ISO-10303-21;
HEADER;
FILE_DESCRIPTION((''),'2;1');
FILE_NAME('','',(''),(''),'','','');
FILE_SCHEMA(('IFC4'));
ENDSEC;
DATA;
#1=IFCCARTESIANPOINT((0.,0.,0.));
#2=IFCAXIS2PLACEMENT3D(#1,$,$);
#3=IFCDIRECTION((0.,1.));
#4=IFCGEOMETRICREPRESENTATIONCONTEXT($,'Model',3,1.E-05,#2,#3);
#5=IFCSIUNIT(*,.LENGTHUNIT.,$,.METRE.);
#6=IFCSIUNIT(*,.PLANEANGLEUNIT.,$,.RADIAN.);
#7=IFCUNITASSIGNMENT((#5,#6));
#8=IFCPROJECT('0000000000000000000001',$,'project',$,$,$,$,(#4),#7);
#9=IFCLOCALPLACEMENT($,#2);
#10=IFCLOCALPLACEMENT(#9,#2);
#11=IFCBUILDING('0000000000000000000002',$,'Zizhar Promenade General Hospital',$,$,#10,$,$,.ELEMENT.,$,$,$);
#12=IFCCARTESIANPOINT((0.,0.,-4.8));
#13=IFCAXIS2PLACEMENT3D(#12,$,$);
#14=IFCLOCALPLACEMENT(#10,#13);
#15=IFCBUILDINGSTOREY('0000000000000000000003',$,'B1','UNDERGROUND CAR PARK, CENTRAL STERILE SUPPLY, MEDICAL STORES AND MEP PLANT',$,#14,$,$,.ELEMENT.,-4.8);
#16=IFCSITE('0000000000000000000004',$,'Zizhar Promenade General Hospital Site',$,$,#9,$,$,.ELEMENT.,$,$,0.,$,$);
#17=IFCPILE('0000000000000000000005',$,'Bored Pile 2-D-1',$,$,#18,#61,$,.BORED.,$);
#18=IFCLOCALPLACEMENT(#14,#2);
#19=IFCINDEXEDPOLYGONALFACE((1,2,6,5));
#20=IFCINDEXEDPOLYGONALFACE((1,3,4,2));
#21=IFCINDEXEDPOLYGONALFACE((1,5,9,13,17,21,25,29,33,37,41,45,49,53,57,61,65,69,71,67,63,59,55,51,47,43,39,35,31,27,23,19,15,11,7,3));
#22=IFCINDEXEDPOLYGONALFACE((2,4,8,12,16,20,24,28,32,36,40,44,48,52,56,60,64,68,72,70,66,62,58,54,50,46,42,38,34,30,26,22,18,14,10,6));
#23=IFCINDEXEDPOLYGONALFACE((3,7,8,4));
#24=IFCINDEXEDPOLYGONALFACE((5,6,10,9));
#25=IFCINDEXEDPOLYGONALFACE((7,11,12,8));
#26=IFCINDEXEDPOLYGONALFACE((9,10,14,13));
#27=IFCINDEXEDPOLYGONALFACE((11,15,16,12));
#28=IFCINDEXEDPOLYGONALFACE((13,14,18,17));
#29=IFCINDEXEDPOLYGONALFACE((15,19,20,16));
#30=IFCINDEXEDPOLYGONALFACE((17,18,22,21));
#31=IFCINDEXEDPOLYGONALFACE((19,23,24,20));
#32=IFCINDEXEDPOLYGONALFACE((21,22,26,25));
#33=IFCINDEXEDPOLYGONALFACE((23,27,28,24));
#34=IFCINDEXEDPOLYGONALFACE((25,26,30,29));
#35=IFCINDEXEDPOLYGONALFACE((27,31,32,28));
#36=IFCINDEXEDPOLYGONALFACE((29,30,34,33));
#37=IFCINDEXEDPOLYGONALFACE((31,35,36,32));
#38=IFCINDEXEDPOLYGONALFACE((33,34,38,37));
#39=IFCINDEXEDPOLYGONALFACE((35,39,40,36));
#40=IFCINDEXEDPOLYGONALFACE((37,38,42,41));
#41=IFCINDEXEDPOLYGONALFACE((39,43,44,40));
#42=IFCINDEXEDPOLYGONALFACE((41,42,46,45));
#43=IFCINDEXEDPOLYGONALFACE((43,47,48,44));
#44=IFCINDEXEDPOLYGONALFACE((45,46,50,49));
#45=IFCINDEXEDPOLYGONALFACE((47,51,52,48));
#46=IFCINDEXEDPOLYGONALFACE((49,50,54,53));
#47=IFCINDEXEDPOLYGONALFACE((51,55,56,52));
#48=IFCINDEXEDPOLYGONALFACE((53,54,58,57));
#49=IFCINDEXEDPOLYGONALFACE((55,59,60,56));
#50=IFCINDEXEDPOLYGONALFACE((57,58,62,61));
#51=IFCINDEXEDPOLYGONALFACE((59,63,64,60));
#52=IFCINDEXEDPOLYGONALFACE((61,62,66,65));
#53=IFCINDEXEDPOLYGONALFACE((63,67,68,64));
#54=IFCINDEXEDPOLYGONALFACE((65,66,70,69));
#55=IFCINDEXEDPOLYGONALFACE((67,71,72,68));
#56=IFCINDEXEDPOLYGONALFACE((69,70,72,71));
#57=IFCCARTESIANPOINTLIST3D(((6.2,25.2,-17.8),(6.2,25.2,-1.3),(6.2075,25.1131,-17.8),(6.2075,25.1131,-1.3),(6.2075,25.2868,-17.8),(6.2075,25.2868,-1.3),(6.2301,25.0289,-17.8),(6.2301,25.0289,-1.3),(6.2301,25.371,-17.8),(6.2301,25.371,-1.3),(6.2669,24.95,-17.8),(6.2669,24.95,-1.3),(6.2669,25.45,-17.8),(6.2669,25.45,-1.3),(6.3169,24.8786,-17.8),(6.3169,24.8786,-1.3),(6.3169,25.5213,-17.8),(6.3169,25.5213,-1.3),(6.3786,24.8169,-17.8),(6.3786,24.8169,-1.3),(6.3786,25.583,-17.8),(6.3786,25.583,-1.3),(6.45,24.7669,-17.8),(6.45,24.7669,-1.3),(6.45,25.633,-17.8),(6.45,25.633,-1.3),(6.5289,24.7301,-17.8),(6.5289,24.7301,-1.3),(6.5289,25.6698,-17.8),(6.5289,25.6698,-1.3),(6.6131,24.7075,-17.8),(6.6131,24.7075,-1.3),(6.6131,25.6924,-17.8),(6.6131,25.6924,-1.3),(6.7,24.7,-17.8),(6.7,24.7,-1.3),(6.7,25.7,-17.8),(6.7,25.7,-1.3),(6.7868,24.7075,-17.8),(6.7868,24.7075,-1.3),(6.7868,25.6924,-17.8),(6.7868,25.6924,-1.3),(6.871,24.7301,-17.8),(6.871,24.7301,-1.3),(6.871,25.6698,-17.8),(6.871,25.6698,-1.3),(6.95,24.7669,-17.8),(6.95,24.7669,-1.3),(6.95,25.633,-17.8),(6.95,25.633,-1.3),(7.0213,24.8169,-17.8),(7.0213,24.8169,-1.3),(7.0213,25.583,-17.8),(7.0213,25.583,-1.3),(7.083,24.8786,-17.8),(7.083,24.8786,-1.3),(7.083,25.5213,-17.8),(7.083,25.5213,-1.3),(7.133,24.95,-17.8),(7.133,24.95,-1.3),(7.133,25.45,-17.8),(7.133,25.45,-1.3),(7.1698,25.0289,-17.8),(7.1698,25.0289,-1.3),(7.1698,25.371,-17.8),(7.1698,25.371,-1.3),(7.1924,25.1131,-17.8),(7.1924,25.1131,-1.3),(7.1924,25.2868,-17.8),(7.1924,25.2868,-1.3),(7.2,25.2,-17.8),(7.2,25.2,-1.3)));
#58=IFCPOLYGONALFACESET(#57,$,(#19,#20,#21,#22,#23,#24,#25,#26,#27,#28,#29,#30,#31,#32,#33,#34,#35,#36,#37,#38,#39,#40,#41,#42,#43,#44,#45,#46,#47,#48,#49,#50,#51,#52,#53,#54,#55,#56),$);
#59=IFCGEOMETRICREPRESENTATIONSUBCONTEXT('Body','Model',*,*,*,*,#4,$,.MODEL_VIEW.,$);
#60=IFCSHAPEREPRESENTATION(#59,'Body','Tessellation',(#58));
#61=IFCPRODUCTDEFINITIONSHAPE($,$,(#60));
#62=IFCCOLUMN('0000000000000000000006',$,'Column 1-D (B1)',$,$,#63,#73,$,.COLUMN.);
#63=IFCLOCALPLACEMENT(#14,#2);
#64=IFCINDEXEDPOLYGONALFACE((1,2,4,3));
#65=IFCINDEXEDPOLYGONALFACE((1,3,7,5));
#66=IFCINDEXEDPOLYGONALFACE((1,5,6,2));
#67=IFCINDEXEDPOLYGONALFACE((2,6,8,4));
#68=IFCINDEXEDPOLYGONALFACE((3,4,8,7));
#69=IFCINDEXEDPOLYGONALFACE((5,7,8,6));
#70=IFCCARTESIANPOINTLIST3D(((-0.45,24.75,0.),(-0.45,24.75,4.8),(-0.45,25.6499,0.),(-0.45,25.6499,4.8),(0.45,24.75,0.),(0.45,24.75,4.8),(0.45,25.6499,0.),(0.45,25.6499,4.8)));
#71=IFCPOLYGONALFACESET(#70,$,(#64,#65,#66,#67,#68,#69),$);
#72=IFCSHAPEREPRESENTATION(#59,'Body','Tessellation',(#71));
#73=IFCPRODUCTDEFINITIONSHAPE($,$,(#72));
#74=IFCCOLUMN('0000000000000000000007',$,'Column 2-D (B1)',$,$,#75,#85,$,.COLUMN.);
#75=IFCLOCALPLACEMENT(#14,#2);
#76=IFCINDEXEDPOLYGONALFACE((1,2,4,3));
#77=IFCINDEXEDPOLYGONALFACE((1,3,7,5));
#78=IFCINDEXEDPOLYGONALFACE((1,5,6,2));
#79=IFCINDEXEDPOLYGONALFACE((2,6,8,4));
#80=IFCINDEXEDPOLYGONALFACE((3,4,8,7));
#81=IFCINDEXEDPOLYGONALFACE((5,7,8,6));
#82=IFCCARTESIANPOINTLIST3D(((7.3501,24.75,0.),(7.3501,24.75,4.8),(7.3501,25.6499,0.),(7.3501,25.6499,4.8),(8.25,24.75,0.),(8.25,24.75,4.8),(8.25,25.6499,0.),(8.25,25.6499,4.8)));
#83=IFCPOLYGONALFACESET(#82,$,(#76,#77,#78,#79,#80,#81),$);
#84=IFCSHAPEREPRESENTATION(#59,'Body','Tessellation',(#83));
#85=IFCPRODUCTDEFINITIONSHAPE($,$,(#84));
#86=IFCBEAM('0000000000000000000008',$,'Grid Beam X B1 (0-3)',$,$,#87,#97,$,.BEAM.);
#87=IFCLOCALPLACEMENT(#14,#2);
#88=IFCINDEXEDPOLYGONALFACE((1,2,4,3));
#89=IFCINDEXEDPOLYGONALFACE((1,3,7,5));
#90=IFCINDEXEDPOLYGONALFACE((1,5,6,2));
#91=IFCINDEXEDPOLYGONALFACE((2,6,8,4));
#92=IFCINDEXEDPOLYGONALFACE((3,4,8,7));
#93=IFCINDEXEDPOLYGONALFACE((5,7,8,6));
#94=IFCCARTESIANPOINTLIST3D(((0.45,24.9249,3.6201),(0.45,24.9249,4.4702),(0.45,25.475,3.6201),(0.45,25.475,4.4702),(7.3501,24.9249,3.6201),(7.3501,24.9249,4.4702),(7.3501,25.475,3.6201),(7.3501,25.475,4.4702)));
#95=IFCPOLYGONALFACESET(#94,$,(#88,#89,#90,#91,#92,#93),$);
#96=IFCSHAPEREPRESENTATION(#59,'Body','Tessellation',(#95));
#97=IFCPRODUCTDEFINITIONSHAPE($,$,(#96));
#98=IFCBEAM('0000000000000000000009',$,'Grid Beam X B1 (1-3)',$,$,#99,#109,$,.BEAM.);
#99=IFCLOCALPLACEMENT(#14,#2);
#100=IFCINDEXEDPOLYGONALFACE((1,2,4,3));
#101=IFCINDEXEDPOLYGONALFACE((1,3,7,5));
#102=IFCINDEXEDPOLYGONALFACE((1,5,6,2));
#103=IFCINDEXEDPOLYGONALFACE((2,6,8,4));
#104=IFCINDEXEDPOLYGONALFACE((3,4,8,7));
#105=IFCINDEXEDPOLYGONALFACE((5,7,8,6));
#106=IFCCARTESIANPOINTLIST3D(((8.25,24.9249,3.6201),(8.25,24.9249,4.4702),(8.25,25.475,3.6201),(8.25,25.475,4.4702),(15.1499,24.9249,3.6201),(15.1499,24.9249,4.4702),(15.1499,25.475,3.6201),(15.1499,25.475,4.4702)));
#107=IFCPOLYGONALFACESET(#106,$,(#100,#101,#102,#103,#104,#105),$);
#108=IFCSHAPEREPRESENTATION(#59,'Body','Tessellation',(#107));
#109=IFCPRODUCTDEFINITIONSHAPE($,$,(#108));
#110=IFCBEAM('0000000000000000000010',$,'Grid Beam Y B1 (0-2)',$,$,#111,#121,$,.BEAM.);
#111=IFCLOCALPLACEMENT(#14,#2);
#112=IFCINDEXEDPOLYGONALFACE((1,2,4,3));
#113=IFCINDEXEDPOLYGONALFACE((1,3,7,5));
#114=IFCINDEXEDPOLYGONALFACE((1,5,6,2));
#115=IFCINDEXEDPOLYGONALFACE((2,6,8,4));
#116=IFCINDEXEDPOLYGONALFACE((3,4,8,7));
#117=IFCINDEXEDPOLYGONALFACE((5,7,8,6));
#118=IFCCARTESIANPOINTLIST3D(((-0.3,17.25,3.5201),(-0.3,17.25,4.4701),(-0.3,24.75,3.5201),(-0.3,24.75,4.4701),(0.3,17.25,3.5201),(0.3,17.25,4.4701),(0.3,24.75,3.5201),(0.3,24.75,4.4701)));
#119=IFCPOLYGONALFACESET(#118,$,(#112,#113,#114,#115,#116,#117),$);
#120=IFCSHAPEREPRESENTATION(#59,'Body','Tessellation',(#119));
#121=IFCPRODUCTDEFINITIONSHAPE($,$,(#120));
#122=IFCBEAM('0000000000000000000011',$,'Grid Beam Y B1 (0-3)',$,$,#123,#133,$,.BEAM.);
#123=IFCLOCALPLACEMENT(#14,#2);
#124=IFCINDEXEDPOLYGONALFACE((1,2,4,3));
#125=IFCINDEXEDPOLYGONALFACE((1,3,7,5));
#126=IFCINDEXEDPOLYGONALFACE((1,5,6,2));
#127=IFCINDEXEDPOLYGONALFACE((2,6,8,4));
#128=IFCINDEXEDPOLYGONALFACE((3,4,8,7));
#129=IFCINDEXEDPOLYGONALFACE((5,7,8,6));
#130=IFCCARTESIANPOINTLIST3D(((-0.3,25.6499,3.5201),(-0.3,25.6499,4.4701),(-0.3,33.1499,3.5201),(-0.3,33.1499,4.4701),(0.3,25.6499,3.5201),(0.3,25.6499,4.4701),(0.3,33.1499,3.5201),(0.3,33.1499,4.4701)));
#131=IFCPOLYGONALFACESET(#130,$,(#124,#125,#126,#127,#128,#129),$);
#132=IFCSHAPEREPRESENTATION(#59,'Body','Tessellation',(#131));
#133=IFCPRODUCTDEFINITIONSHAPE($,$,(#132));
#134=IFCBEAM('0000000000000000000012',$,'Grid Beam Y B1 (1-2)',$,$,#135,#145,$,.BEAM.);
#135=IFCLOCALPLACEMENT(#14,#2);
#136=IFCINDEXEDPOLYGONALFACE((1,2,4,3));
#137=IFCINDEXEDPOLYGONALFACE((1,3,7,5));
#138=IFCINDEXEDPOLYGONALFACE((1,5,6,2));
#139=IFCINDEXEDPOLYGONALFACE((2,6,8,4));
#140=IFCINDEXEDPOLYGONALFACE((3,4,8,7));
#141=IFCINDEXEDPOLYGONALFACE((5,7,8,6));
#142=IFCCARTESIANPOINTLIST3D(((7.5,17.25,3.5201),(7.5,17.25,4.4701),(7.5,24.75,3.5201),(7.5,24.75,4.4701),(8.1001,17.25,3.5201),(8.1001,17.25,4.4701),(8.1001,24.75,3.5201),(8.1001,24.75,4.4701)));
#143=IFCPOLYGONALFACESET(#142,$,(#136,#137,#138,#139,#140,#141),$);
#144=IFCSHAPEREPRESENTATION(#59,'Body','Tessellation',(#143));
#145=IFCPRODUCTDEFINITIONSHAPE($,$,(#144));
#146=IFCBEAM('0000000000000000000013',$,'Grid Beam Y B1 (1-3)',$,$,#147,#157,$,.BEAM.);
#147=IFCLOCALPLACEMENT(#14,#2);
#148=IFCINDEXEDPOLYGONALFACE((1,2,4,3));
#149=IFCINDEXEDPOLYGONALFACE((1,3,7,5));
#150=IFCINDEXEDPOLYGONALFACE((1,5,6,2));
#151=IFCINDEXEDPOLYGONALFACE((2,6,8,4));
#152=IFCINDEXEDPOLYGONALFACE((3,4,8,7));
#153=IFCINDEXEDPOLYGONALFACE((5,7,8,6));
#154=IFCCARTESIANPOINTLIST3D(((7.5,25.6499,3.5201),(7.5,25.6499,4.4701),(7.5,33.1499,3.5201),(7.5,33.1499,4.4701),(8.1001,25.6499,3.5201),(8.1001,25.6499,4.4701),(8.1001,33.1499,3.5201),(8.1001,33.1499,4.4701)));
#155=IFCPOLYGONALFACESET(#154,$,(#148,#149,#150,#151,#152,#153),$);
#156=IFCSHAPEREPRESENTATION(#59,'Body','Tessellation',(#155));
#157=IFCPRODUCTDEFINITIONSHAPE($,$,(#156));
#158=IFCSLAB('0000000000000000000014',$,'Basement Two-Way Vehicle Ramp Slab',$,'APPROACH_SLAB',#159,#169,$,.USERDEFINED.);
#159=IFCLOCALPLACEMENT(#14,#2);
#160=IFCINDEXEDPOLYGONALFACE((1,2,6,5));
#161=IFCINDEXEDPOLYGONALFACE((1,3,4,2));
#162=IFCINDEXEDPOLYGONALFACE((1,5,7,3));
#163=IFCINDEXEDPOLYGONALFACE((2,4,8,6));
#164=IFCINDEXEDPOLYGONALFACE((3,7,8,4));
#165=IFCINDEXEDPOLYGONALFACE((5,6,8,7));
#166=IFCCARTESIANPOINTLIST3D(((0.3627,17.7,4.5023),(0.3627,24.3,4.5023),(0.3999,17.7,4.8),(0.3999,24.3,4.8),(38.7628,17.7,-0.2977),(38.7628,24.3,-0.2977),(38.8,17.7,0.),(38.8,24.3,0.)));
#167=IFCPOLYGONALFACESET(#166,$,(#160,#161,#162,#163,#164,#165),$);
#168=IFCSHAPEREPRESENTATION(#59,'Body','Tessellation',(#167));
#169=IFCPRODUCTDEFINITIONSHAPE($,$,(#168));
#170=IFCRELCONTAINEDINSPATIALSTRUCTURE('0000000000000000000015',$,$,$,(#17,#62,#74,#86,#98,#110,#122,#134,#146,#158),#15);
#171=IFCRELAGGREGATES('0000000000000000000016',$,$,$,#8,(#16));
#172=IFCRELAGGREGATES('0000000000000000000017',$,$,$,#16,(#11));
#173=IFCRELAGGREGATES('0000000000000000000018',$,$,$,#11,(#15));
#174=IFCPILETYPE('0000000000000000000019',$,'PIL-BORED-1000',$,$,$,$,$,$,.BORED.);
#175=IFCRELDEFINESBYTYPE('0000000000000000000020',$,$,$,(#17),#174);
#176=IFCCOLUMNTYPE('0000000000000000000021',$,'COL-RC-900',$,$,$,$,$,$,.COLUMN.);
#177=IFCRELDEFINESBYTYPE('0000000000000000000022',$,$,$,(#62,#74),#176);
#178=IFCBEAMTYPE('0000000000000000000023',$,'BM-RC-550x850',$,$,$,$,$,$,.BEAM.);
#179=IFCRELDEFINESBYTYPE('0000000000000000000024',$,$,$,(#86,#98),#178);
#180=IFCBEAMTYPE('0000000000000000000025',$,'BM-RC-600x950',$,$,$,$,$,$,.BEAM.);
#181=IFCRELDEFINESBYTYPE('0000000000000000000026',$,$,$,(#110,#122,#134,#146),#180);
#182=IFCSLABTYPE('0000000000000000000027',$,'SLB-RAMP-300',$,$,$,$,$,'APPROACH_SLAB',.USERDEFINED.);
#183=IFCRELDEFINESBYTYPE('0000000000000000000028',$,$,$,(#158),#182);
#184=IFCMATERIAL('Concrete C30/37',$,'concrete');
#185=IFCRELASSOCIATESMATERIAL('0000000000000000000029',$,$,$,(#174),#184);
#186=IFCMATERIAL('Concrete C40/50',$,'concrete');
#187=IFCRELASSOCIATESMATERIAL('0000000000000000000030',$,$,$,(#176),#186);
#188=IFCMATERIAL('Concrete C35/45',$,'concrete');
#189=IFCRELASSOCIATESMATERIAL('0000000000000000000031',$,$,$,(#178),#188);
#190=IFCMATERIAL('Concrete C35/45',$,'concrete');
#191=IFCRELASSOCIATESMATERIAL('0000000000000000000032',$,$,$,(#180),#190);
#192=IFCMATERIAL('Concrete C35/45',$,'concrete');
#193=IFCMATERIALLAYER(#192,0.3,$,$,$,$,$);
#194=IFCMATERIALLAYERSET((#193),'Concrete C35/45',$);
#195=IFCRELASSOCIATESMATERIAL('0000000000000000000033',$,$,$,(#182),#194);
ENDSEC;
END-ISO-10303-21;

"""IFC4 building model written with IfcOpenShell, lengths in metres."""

from ifc_helpers import new_model, si_unit, direction, frame, origin, origin_2d, place, context, subcontext, project, spatial, polyline, rectangle, circle, outline, extrude, material, layer, layer_set, material_profile, profile_set, type_object, element, save


model = new_model("IFC4")

# Units and contexts
model_context = context("Model", 3, precision=1e-05, world=origin(), true_north=direction((0.0, 1.0)))
body_context = subcontext(model_context, "Body", "Model", "MODEL_VIEW")
ifc_project = project(units=[si_unit("LENGTHUNIT", "METRE"), si_unit("PLANEANGLEUNIT", "RADIAN")], contexts=[model_context])

# Site, building, storey
site_placement = place(None, origin())
site = spatial("IfcSite", under=ifc_project, at=site_placement, Name="Zizhar Promenade General Hospital Site", CompositionType="ELEMENT", RefElevation=0.0)
building_placement = place(site_placement, origin())
building = spatial("IfcBuilding", under=site, at=building_placement, Name="Zizhar Promenade General Hospital", CompositionType="ELEMENT")
storey_placement = place(building_placement, frame((0.0, 0.0, -4.8)))
storey = spatial("IfcBuildingStorey", under=building, at=storey_placement, Name="B1", Description="UNDERGROUND CAR PARK, CENTRAL STERILE SUPPLY, MEDICAL STORES AND MEP PLANT", CompositionType="ELEMENT", Elevation=-4.8)

# Pile
ifc_material_1 = material(Name="Concrete C30/37", Category="concrete")
ifc_material_profile_1 = material_profile(ifc_material_1, circle(Radius=0.5, at=origin_2d()))
ifc_profile_set_1 = profile_set([ifc_material_profile_1], Name="Concrete C30/37")
pile_type = type_object("IfcPileType", Name="PIL-BORED-1000", PredefinedType="BORED", material=ifc_profile_set_1)
for number, where, z_axis, x_axis, name in (
    (1, (6.7, 25.2, -1.3), (0.0, 0.0, -1.0), (1.0, 0.0, 0.0), "Bored Pile 2-D-1"),
):
    element("IfcPile", number, at=place(storey_placement, frame(where, z_axis=z_axis, x_axis=x_axis)), inside=storey, type_object=pile_type, Name=name, PredefinedType="BORED", context=body_context, shape_type="SweptSolid", body=[
        extrude(circle(Radius=0.5, at=origin_2d()), origin(), (0.0, 0.0, 1.0), 16.5),
    ])

# Columns
ifc_material_2 = material(Name="Concrete C40/50", Category="concrete")
ifc_material_profile_2 = material_profile(ifc_material_2, rectangle(XDim=0.8999, YDim=0.8999, at=origin_2d()))
ifc_profile_set_2 = profile_set([ifc_material_profile_2], Name="Concrete C40/50")
column_type = type_object("IfcColumnType", Name="COL-RC-900", PredefinedType="COLUMN", material=ifc_profile_set_2)
for number, where, z_axis, x_axis, name in (
    (2, (0.0, 25.2, 0.0), (0.0, 0.0, 1.0), (1.0, 0.0, 0.0), "Column 1-D (B1)"),
    (3, (7.8, 25.2, 0.0), (0.0, 0.0, 1.0), (1.0, 0.0, 0.0), "Column 2-D (B1)"),
):
    element("IfcColumn", number, at=place(storey_placement, frame(where, z_axis=z_axis, x_axis=x_axis)), inside=storey, type_object=column_type, Name=name, PredefinedType="COLUMN", context=body_context, shape_type="SweptSolid", body=[
        extrude(rectangle(XDim=0.8999, YDim=0.8999, at=origin_2d()), origin(), (0.0, 0.0, 1.0), 4.8),
    ])

# Beams
ifc_material_3 = material(Name="Concrete C35/45", Category="concrete")
ifc_material_profile_3 = material_profile(ifc_material_3, rectangle(XDim=0.55, YDim=0.8501, at=origin_2d()))
ifc_profile_set_3 = profile_set([ifc_material_profile_3], Name="Concrete C35/45")
beam_type_1 = type_object("IfcBeamType", Name="BM-RC-550x850", PredefinedType="BEAM", material=ifc_profile_set_3)
beam_1_placement = place(storey_placement, frame((0.45, 25.2, 4.0452), z_axis=(1.0, 0.0, 0.0), x_axis=(0.0, 1.0, 0.0)))
element("IfcBeam", 4, at=beam_1_placement, inside=storey, type_object=beam_type_1, Name="Grid Beam X B1 (0-3)", PredefinedType="BEAM", context=body_context, shape_type="SweptSolid", body=[
    extrude(rectangle(XDim=0.55, YDim=0.8501, at=origin_2d()), origin(), (0.0, 0.0, 1.0), 6.9001),
])
beam_2_placement = place(storey_placement, frame((8.25, 25.2, 4.0452), z_axis=(1.0, 0.0, 0.0), x_axis=(0.0, 1.0, 0.0)))
element("IfcBeam", 5, at=beam_2_placement, inside=storey, type_object=beam_type_1, Name="Grid Beam X B1 (1-3)", PredefinedType="BEAM", context=body_context, shape_type="SweptSolid", body=[
    extrude(rectangle(XDim=0.55, YDim=0.8501, at=origin_2d()), origin(), (0.0, 0.0, 1.0), 6.8999),
])
ifc_material_4 = material(Name="Concrete C35/45", Category="concrete")
ifc_material_profile_4 = material_profile(ifc_material_4, rectangle(XDim=0.6001, YDim=0.95, at=origin_2d()))
ifc_profile_set_4 = profile_set([ifc_material_profile_4], Name="Concrete C35/45")
beam_type_2 = type_object("IfcBeamType", Name="BM-RC-600x950", PredefinedType="BEAM", material=ifc_profile_set_4)
for number, where, z_axis, x_axis, name in (
    (6, (0.0, 17.25, 3.9951), (0.0, 1.0, 0.0), (-1.0, 0.0, 0.0), "Grid Beam Y B1 (0-2)"),
    (7, (0.0, 25.6499, 3.9951), (0.0, 1.0, 0.0), (-1.0, 0.0, 0.0), "Grid Beam Y B1 (0-3)"),
    (8, (7.8, 17.25, 3.9951), (0.0, 1.0, 0.0), (-1.0, 0.0, 0.0), "Grid Beam Y B1 (1-2)"),
    (9, (7.8, 25.6499, 3.9951), (0.0, 1.0, 0.0), (-1.0, 0.0, 0.0), "Grid Beam Y B1 (1-3)"),
):
    element("IfcBeam", number, at=place(storey_placement, frame(where, z_axis=z_axis, x_axis=x_axis)), inside=storey, type_object=beam_type_2, Name=name, PredefinedType="BEAM", context=body_context, shape_type="SweptSolid", body=[
        extrude(rectangle(XDim=0.6001, YDim=0.95, at=origin_2d()), origin(), (0.0, 0.0, 1.0), 7.5),
    ])

# Slab
ifc_material_5 = material(Name="Concrete C35/45", Category="concrete")
ifc_layer = layer(ifc_material_5, 0.3)
ifc_layer_set = layer_set([ifc_layer], Name="Concrete C35/45")
slab_type = type_object("IfcSlabType", Name="SLB-RAMP-300", ElementType="APPROACH_SLAB", PredefinedType="USERDEFINED", material=ifc_layer_set)
slab_placement = place(storey_placement, frame((0.3999, 17.7, 4.8), z_axis=(0.124036, 0.0, 0.992278), x_axis=(0.992278, 0.0, -0.124036)))
element("IfcSlab", 10, at=slab_placement, inside=storey, type_object=slab_type, Name="Basement Two-Way Vehicle Ramp Slab", ObjectType="APPROACH_SLAB", PredefinedType="USERDEFINED", context=body_context, shape_type="SweptSolid", body=[
    extrude(outline(polyline([(0.0, 0.0), (38.699, 0.0), (38.699, 6.6001), (0.0, 6.6001), (0.0, 0.0)])), origin(), (0.0, 0.0, -1.0), 0.3),
])

save(model, "model.ifc")
